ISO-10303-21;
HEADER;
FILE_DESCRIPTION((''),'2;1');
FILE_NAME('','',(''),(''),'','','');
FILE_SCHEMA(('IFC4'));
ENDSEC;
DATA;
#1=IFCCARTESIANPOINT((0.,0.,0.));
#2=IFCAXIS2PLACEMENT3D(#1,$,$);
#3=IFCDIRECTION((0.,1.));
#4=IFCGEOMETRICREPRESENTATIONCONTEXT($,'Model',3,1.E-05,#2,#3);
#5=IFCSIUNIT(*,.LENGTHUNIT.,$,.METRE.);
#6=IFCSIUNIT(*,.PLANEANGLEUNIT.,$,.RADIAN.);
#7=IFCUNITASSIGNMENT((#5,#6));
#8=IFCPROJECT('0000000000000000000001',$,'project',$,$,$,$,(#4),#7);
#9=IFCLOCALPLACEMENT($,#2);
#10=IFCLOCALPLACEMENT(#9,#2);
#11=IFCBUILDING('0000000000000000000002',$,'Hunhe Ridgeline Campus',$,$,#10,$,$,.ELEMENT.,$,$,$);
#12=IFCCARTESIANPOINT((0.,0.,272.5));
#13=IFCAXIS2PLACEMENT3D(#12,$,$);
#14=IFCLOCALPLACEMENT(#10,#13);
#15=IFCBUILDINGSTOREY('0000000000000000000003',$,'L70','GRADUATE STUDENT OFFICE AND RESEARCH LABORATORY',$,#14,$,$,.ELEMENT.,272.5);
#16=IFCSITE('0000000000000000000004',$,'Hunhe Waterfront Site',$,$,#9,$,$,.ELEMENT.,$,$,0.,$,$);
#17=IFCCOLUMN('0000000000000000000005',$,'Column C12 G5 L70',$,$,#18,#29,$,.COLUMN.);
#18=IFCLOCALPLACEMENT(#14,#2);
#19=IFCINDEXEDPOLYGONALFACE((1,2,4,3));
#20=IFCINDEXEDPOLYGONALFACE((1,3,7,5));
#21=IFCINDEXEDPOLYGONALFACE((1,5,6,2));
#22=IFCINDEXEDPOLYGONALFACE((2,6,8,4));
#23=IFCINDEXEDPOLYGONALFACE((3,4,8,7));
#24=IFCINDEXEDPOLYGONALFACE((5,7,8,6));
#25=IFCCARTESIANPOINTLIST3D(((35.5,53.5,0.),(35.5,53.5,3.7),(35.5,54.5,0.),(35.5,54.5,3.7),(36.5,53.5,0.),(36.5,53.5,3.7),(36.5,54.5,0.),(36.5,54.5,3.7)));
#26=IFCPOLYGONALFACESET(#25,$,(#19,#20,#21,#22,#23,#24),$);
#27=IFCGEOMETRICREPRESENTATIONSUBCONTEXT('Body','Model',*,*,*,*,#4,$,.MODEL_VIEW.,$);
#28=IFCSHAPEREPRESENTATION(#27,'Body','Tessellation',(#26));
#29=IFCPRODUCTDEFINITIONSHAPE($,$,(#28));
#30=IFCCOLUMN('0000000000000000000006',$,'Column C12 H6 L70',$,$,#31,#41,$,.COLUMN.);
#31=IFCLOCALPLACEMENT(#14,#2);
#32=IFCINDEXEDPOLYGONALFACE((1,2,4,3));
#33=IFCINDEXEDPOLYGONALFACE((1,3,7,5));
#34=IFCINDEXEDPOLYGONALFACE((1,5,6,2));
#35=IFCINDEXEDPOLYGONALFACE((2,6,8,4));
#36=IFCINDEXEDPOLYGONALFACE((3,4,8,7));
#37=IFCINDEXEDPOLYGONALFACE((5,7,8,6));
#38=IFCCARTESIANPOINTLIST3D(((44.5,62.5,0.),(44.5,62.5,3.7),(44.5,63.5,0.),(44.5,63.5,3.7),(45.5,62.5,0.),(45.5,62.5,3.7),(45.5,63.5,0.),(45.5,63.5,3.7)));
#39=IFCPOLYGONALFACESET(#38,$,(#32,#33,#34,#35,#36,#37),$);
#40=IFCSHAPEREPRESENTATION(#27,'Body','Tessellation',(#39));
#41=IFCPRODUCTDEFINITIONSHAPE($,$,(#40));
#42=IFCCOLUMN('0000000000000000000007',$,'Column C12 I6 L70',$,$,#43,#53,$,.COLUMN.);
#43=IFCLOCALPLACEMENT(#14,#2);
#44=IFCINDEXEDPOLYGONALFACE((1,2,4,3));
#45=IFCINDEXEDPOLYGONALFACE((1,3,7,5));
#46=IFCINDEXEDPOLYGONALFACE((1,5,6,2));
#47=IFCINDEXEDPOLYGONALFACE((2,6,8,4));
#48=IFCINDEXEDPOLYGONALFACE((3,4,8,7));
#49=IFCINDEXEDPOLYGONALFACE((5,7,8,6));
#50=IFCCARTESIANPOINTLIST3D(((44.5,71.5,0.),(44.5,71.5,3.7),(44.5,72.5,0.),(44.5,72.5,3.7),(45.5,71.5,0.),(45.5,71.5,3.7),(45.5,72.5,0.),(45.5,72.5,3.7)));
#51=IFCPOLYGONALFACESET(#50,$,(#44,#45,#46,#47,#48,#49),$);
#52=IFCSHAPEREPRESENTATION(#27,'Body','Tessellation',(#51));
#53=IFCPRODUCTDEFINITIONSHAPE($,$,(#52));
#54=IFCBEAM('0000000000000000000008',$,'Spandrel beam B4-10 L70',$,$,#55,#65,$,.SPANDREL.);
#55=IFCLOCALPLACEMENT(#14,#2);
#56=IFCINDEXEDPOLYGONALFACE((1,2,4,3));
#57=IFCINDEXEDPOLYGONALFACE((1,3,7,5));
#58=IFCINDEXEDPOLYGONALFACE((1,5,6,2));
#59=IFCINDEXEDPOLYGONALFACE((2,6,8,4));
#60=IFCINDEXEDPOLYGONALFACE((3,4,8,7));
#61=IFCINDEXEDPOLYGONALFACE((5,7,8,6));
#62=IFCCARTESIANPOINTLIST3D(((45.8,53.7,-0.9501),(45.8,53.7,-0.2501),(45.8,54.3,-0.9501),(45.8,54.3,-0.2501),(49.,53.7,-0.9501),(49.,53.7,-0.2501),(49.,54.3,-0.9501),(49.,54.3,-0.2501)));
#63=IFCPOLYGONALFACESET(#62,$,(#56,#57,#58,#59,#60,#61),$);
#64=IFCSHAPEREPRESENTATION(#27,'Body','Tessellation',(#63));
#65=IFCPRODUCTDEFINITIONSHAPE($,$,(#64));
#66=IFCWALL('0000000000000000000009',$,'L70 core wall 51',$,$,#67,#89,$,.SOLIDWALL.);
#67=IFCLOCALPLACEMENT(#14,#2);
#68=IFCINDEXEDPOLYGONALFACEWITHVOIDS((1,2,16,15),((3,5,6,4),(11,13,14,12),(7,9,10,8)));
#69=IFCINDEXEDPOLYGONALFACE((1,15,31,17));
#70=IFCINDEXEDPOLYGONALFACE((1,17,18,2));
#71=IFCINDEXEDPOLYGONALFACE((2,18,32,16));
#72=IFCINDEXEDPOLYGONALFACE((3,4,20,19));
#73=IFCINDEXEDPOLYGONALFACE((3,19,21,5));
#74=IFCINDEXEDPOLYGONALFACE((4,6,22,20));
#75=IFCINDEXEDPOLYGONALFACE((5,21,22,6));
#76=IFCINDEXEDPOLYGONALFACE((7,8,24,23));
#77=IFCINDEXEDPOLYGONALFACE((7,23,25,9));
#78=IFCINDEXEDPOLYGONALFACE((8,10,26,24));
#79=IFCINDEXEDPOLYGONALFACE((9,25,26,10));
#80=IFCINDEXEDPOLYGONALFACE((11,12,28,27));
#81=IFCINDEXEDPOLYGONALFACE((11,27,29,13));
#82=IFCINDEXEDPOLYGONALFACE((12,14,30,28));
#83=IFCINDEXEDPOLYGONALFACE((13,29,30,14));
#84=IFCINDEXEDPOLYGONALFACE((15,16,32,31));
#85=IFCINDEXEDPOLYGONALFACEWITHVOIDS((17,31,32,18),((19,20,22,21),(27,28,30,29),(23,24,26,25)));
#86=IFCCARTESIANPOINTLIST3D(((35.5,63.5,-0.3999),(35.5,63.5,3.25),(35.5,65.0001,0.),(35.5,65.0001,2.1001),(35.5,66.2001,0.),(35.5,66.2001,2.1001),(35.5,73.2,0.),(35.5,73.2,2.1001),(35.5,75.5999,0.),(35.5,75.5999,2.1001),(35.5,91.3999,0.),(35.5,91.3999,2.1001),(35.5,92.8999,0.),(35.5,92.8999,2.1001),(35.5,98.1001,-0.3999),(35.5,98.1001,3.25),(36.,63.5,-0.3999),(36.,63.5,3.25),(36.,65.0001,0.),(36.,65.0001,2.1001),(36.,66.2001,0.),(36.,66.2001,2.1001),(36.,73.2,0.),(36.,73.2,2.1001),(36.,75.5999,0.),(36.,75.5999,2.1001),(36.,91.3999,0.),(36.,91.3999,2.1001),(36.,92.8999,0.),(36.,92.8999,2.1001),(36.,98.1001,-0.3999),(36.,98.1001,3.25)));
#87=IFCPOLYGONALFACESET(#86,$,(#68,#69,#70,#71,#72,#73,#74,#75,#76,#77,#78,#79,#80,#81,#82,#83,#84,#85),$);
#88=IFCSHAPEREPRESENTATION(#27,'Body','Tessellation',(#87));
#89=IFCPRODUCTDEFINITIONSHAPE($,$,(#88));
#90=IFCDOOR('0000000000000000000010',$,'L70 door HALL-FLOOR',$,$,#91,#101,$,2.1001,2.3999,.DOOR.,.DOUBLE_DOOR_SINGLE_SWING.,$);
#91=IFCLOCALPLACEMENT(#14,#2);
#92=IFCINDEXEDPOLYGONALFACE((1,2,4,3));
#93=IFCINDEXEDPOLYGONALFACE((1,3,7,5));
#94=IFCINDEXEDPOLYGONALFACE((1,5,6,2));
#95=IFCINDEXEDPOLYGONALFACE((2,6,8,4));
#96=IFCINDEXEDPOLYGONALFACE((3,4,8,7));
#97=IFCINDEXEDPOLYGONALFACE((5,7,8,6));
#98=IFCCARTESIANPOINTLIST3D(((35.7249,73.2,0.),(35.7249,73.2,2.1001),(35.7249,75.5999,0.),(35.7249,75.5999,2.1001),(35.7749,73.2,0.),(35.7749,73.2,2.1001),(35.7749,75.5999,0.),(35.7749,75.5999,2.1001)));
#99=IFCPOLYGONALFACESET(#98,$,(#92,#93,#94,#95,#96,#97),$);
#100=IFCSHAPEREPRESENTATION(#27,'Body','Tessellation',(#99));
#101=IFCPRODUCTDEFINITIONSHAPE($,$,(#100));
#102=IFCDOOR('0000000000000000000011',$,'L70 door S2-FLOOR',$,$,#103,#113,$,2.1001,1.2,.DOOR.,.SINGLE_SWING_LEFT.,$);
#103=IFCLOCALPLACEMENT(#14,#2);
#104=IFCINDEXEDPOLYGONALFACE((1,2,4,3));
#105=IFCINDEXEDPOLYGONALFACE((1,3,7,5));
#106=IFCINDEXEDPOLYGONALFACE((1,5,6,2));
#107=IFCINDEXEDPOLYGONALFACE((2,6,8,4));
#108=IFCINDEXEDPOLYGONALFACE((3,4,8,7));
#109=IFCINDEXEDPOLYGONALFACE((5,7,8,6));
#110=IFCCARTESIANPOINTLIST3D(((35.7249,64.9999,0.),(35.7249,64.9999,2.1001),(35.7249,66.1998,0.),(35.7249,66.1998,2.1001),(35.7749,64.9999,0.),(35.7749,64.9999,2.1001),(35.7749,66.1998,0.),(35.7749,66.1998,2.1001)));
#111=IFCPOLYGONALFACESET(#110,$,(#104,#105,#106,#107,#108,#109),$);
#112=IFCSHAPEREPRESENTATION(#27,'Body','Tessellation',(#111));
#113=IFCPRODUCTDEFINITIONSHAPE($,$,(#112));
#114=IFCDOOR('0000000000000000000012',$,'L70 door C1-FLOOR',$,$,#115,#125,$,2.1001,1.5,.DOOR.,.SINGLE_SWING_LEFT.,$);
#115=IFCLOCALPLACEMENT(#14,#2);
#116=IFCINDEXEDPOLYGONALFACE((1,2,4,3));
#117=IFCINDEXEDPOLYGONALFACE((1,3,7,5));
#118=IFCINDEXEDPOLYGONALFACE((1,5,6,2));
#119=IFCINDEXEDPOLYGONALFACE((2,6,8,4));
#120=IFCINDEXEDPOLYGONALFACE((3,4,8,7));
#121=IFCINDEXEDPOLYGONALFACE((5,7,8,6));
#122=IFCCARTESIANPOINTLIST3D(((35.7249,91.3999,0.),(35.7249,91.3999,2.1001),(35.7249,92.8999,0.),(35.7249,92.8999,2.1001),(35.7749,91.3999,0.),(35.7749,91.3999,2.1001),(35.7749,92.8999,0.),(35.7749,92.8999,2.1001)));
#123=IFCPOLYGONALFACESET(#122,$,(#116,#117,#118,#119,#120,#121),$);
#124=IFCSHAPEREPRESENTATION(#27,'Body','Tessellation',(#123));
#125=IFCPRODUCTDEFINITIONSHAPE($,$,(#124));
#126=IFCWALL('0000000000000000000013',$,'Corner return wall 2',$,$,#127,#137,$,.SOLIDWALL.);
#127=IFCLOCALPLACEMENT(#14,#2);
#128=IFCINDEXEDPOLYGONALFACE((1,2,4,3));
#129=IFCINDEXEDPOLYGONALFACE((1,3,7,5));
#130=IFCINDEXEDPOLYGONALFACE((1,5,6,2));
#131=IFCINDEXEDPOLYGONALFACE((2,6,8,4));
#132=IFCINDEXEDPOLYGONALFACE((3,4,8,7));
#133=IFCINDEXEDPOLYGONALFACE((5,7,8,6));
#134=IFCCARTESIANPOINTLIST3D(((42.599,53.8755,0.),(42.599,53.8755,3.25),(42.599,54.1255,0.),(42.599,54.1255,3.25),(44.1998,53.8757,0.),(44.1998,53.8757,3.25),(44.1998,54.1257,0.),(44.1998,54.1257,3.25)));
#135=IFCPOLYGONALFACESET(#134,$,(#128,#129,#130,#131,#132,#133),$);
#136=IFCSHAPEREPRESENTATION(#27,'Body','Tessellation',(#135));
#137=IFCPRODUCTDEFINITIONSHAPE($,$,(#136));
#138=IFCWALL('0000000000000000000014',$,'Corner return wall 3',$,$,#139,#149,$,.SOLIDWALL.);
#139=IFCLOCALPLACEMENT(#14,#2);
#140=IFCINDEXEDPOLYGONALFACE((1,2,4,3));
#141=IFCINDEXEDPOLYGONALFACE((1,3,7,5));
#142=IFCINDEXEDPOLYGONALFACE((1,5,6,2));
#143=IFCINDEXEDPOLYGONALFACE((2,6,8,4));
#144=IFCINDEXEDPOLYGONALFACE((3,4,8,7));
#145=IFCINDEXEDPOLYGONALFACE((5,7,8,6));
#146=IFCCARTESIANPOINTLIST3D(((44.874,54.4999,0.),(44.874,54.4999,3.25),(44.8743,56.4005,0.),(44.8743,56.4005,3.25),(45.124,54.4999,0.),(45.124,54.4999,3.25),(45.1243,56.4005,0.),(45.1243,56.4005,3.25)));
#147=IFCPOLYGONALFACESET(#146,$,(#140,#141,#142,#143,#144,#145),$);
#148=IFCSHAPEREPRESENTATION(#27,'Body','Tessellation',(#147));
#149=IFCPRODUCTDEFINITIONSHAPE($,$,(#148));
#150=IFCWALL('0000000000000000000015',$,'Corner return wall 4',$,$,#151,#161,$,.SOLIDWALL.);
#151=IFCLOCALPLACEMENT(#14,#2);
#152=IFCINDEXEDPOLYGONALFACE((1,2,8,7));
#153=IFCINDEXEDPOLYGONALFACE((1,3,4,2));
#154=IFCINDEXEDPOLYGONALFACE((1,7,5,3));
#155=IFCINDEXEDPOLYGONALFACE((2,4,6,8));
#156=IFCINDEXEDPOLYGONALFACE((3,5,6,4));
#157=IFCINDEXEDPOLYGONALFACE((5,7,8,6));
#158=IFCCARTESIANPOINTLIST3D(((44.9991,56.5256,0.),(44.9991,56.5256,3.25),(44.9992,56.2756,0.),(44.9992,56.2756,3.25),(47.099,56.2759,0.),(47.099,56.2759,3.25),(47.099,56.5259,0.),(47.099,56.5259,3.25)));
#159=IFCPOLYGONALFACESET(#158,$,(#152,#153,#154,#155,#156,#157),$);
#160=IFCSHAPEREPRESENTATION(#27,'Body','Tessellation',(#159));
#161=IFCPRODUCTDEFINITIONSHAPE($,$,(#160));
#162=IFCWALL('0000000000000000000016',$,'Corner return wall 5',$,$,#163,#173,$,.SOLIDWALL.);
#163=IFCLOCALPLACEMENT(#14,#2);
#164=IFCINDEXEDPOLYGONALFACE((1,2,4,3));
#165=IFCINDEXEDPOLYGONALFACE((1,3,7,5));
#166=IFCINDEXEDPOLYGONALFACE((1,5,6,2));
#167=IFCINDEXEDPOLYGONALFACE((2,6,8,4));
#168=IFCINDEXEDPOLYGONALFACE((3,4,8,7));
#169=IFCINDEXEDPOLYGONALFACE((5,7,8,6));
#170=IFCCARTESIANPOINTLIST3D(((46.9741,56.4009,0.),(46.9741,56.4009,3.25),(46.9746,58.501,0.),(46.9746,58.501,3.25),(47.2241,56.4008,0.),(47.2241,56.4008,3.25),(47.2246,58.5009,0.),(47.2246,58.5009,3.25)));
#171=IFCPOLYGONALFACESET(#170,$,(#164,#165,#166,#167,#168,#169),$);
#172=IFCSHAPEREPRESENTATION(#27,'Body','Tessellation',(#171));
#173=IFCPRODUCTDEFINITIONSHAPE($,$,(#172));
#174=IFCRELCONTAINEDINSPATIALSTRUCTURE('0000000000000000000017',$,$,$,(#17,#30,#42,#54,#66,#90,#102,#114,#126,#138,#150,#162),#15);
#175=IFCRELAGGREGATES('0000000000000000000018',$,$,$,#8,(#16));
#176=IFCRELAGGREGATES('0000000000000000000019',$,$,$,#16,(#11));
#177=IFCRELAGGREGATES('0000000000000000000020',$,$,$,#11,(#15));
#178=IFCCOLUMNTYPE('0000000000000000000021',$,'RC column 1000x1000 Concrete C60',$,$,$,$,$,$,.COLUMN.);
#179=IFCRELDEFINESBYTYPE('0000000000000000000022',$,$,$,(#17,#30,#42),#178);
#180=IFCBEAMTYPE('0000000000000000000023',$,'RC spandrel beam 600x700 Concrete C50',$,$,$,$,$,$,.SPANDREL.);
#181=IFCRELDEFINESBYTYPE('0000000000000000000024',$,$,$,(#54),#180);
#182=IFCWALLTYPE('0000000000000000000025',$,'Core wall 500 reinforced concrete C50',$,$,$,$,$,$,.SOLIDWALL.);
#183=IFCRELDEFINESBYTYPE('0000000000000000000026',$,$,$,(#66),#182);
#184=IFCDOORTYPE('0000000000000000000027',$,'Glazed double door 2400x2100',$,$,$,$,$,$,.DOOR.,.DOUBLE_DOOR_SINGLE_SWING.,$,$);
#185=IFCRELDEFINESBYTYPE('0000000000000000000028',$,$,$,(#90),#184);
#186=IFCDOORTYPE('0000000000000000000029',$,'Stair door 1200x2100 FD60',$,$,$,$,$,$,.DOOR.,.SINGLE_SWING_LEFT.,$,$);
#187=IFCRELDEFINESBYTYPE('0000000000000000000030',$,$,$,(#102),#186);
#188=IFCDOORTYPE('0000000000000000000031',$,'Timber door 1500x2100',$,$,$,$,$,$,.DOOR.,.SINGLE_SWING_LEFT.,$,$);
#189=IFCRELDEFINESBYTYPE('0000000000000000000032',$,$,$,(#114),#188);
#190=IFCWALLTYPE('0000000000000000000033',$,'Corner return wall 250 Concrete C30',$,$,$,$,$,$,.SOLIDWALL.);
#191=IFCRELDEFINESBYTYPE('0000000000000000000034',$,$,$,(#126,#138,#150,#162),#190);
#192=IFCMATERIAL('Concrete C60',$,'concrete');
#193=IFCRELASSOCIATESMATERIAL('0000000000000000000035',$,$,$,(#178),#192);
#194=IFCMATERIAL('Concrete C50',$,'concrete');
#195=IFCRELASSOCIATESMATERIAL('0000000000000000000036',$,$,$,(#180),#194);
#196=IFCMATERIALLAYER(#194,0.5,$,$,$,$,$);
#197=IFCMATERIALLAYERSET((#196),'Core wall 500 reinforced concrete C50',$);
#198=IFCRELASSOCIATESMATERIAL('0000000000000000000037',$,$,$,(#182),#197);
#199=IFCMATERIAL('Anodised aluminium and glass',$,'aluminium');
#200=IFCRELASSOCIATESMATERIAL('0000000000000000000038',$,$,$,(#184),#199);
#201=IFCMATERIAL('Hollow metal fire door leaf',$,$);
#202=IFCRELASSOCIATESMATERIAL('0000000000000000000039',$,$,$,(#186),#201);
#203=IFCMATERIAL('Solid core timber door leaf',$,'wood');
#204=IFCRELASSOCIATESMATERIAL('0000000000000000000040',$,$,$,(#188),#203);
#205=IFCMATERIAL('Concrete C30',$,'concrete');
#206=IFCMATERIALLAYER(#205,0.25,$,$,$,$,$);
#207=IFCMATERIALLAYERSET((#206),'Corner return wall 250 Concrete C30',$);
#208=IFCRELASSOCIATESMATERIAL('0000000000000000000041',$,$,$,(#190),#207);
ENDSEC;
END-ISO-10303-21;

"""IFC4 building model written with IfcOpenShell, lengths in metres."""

from ifc_helpers import new_model, si_unit, direction, frame, frame_2d, origin, origin_2d, place, context, subcontext, project, spatial, rectangle, extrude, material, layer, layer_set, material_profile, profile_set, type_object, element, fill, save


model = new_model("IFC4")

# Units and contexts
model_context = context("Model", 3, precision=1e-05, world=origin(), true_north=direction((0.0, 1.0)))
body_context = subcontext(model_context, "Body", "Model", "MODEL_VIEW")
ifc_project = project(units=[si_unit("LENGTHUNIT", "METRE"), si_unit("PLANEANGLEUNIT", "RADIAN")], contexts=[model_context])

# Site, building, storey
site_placement = place(None, origin())
site = spatial("IfcSite", under=ifc_project, at=site_placement, Name="Hunhe Waterfront Site", CompositionType="ELEMENT", RefElevation=0.0)
building_placement = place(site_placement, origin())
building = spatial("IfcBuilding", under=site, at=building_placement, Name="Hunhe Ridgeline Campus", CompositionType="ELEMENT")
storey_placement = place(building_placement, frame((0.0, 0.0, 272.5)))
storey = spatial("IfcBuildingStorey", under=building, at=storey_placement, Name="L70", Description="GRADUATE STUDENT OFFICE AND RESEARCH LABORATORY", CompositionType="ELEMENT", Elevation=272.5)

# Columns
ifc_material_1 = material(Name="Concrete C60", Category="concrete")
ifc_material_profile_1 = material_profile(ifc_material_1, rectangle(XDim=1.0, YDim=1.0, at=origin_2d()))
ifc_profile_set_1 = profile_set([ifc_material_profile_1], Name="Concrete C60")
column_type = type_object("IfcColumnType", Name="RC column 1000x1000 Concrete C60", PredefinedType="COLUMN", material=ifc_profile_set_1)
for number, where, z_axis, x_axis, name in (
    (1, (36.0, 54.0, 0.0), (0.0, 0.0, 1.0), (1.0, 0.0, 0.0), "Column C12 G5 L70"),
    (2, (45.0, 63.0, 0.0), (0.0, 0.0, 1.0), (1.0, 0.0, 0.0), "Column C12 H6 L70"),
    (3, (45.0, 72.0, 0.0), (0.0, 0.0, 1.0), (1.0, 0.0, 0.0), "Column C12 I6 L70"),
):
    element("IfcColumn", number, at=place(storey_placement, frame(where, z_axis=z_axis, x_axis=x_axis)), inside=storey, type_object=column_type, Name=name, PredefinedType="COLUMN", context=body_context, shape_type="SweptSolid", body=[
        extrude(rectangle(XDim=1.0, YDim=1.0, at=origin_2d()), origin(), (0.0, 0.0, 1.0), 3.7),
    ])

# Beam
ifc_material_2 = material(Name="Concrete C50", Category="concrete")
ifc_material_profile_2 = material_profile(ifc_material_2, rectangle(XDim=0.6001, YDim=0.7, at=origin_2d()))
ifc_profile_set_2 = profile_set([ifc_material_profile_2], Name="Concrete C50")
beam_type = type_object("IfcBeamType", Name="RC spandrel beam 600x700 Concrete C50", PredefinedType="SPANDREL", material=ifc_profile_set_2)
beam_placement = place(storey_placement, frame((45.8, 54.0, -0.6001), z_axis=(1.0, 0.0, 0.0), x_axis=(0.0, 1.0, 0.0)))
element("IfcBeam", 4, at=beam_placement, inside=storey, type_object=beam_type, Name="Spandrel beam B4-10 L70", PredefinedType="SPANDREL", context=body_context, shape_type="SweptSolid", body=[
    extrude(rectangle(XDim=0.6001, YDim=0.7, at=origin_2d()), origin(), (0.0, 0.0, 1.0), 3.2),
])

# Wall, openings, doors
ifc_layer_1 = layer(ifc_material_2, 0.5)
ifc_layer_set_1 = layer_set([ifc_layer_1], Name="Core wall 500 reinforced concrete C50")
wall_type_1 = type_object("IfcWallType", Name="Core wall 500 reinforced concrete C50", PredefinedType="SOLIDWALL", material=ifc_layer_set_1)
wall_1_placement = place(storey_placement, frame((35.75, 63.5, -0.3999), z_axis=(0.0, 0.0, 1.0), x_axis=(0.0, 1.0, 0.0)))
wall_1 = element("IfcWall", 5, at=wall_1_placement, inside=storey, type_object=wall_type_1, Name="L70 core wall 51", PredefinedType="SOLIDWALL", context=body_context, shape_type="SweptSolid", body=[
    extrude(rectangle(XDim=34.6001, YDim=0.5, at=frame_2d((17.3, 0.0))), origin(), (0.0, 0.0, 1.0), 3.6499),
])
opening_1_placement = place(wall_1_placement, frame((9.7, 0.0, 0.3999)))
opening_1 = element("IfcOpeningElement", 6, at=opening_1_placement, cuts=wall_1, PredefinedType="OPENING", context=body_context, shape_type="SweptSolid", body=[
    extrude(rectangle(XDim=2.3999, YDim=2.1001, at=frame_2d((1.2, 1.05))), frame((0.0, 0.25, 0.0), z_axis=(0.0, -1.0, 0.0), x_axis=(1.0, 0.0, 0.0)), (0.0, 0.0, 1.0), 0.5),
])
opening_2_placement = place(wall_1_placement, frame((27.8999, 0.0, 0.3999)))
opening_2 = element("IfcOpeningElement", 7, at=opening_2_placement, cuts=wall_1, PredefinedType="OPENING", context=body_context, shape_type="SweptSolid", body=[
    extrude(rectangle(XDim=1.5, YDim=2.1001, at=frame_2d((0.75, 1.05))), frame((0.0, 0.25, 0.0), z_axis=(0.0, -1.0, 0.0), x_axis=(1.0, 0.0, 0.0)), (0.0, 0.0, 1.0), 0.5),
])
opening_3_placement = place(wall_1_placement, frame((1.5, 0.0, 0.3999)))
opening_3 = element("IfcOpeningElement", 8, at=opening_3_placement, cuts=wall_1, PredefinedType="OPENING", context=body_context, shape_type="SweptSolid", body=[
    extrude(rectangle(XDim=1.2, YDim=2.1001, at=frame_2d((0.6001, 1.05))), frame((0.0, 0.25, 0.0), z_axis=(0.0, -1.0, 0.0), x_axis=(1.0, 0.0, 0.0)), (0.0, 0.0, 1.0), 0.5),
])
ifc_material_3 = material(Name="Anodised aluminium and glass", Category="aluminium")
door_type_1 = type_object("IfcDoorType", Name="Glazed double door 2400x2100", OperationType="DOUBLE_DOOR_SINGLE_SWING", PredefinedType="DOOR", material=ifc_material_3)
door_1_placement = place(opening_1_placement, frame((2.3999, 0.0, 0.0), z_axis=(0.0, 0.0, 1.0), x_axis=(-1.0, 0.0, 0.0)))
door_1 = element("IfcDoor", 9, at=door_1_placement, inside=storey, type_object=door_type_1, Name="L70 door HALL-FLOOR", OperationType="DOUBLE_DOOR_SINGLE_SWING", OverallHeight=2.1001, OverallWidth=2.3999, PredefinedType="DOOR", context=body_context, shape_type="SweptSolid", body=[
    extrude(rectangle(XDim=2.3999, YDim=2.1001, at=frame_2d((1.2, 1.05))), frame((0.0, 0.0249, 0.0), z_axis=(0.0, -1.0, 0.0), x_axis=(1.0, 0.0, 0.0)), (0.0, 0.0, 1.0), 0.05),
])
fill(opening_1, door_1)
ifc_material_4 = material(Name="Hollow metal fire door leaf")
door_type_2 = type_object("IfcDoorType", Name="Stair door 1200x2100 FD60", OperationType="SINGLE_SWING_LEFT", PredefinedType="DOOR", material=ifc_material_4)
door_2_placement = place(opening_3_placement, frame((1.2, 0.0, 0.0), z_axis=(0.0, 0.0, 1.0), x_axis=(-1.0, 0.0, 0.0)))
door_2 = element("IfcDoor", 10, at=door_2_placement, inside=storey, type_object=door_type_2, Name="L70 door S2-FLOOR", OperationType="SINGLE_SWING_LEFT", OverallHeight=2.1001, OverallWidth=1.2, PredefinedType="DOOR", context=body_context, shape_type="SweptSolid", body=[
    extrude(rectangle(XDim=1.2, YDim=2.1001, at=frame_2d((0.6001, 1.05))), frame((0.0, 0.0249, 0.0), z_axis=(0.0, -1.0, 0.0), x_axis=(1.0, 0.0, 0.0)), (0.0, 0.0, 1.0), 0.05),
])
fill(opening_3, door_2)
ifc_material_5 = material(Name="Solid core timber door leaf", Category="wood")
door_type_3 = type_object("IfcDoorType", Name="Timber door 1500x2100", OperationType="SINGLE_SWING_LEFT", PredefinedType="DOOR", material=ifc_material_5)
door_3_placement = place(opening_2_placement, frame((1.5, 0.0, 0.0), z_axis=(0.0, 0.0, 1.0), x_axis=(-1.0, 0.0, 0.0)))
door_3 = element("IfcDoor", 11, at=door_3_placement, inside=storey, type_object=door_type_3, Name="L70 door C1-FLOOR", OperationType="SINGLE_SWING_LEFT", OverallHeight=2.1001, OverallWidth=1.5, PredefinedType="DOOR", context=body_context, shape_type="SweptSolid", body=[
    extrude(rectangle(XDim=1.5, YDim=2.1001, at=frame_2d((0.75, 1.05))), frame((0.0, 0.0249, 0.0), z_axis=(0.0, -1.0, 0.0), x_axis=(1.0, 0.0, 0.0)), (0.0, 0.0, 1.0), 0.05),
])
fill(opening_2, door_3)

# Walls
ifc_material_6 = material(Name="Concrete C30", Category="concrete")
ifc_layer_2 = layer(ifc_material_6, 0.25)
ifc_layer_set_2 = layer_set([ifc_layer_2], Name="Corner return wall 250 Concrete C30")
wall_type_2 = type_object("IfcWallType", Name="Corner return wall 250 Concrete C30", PredefinedType="SOLIDWALL", material=ifc_layer_set_2)
wall_2_placement = place(storey_placement, frame((42.5991, 54.0005, 0.0), z_axis=(0.0, 0.0, 1.0), x_axis=(1.0, 0.000153, 0.0)))
element("IfcWall", 12, at=wall_2_placement, inside=storey, type_object=wall_type_2, Name="Corner return wall 2", PredefinedType="SOLIDWALL", context=body_context, shape_type="SweptSolid", body=[
    extrude(rectangle(XDim=1.6008, YDim=0.25, at=frame_2d((0.8003, 0.0))), origin(), (0.0, 0.0, 1.0), 3.25),
])
wall_3_placement = place(storey_placement, frame((44.999, 54.5, 0.0), z_axis=(0.0, 0.0, 1.0), x_axis=(0.000128, 1.0, 0.0)))
element("IfcWall", 13, at=wall_3_placement, inside=storey, type_object=wall_type_2, Name="Corner return wall 3", PredefinedType="SOLIDWALL", context=body_context, shape_type="SweptSolid", body=[
    extrude(rectangle(XDim=1.9006, YDim=0.25, at=frame_2d((0.9502, 0.0))), origin(), (0.0, 0.0, 1.0), 3.25),
])
wall_4_placement = place(storey_placement, frame((44.9993, 56.4006, 0.0), z_axis=(0.0, 0.0, 1.0), x_axis=(1.0, 0.000116, 0.0)))
element("IfcWall", 14, at=wall_4_placement, inside=storey, type_object=wall_type_2, Name="Corner return wall 4", PredefinedType="SOLIDWALL", context=body_context, shape_type="SweptSolid", body=[
    extrude(rectangle(XDim=2.0999, YDim=0.25, at=frame_2d((1.0498, 0.0))), origin(), (0.0, 0.0, 1.0), 3.25),
])
wall_5_placement = place(storey_placement, frame((47.0991, 56.4009, 0.0), z_axis=(0.0, 0.0, 1.0), x_axis=(0.000233, 1.0, 0.0)))
element("IfcWall", 15, at=wall_5_placement, inside=storey, type_object=wall_type_2, Name="Corner return wall 5", PredefinedType="SOLIDWALL", context=body_context, shape_type="SweptSolid", body=[
    extrude(rectangle(XDim=2.1001, YDim=0.25, at=frame_2d((1.05, 0.0))), origin(), (0.0, 0.0, 1.0), 3.25),
])

save(model, "model.ifc")
